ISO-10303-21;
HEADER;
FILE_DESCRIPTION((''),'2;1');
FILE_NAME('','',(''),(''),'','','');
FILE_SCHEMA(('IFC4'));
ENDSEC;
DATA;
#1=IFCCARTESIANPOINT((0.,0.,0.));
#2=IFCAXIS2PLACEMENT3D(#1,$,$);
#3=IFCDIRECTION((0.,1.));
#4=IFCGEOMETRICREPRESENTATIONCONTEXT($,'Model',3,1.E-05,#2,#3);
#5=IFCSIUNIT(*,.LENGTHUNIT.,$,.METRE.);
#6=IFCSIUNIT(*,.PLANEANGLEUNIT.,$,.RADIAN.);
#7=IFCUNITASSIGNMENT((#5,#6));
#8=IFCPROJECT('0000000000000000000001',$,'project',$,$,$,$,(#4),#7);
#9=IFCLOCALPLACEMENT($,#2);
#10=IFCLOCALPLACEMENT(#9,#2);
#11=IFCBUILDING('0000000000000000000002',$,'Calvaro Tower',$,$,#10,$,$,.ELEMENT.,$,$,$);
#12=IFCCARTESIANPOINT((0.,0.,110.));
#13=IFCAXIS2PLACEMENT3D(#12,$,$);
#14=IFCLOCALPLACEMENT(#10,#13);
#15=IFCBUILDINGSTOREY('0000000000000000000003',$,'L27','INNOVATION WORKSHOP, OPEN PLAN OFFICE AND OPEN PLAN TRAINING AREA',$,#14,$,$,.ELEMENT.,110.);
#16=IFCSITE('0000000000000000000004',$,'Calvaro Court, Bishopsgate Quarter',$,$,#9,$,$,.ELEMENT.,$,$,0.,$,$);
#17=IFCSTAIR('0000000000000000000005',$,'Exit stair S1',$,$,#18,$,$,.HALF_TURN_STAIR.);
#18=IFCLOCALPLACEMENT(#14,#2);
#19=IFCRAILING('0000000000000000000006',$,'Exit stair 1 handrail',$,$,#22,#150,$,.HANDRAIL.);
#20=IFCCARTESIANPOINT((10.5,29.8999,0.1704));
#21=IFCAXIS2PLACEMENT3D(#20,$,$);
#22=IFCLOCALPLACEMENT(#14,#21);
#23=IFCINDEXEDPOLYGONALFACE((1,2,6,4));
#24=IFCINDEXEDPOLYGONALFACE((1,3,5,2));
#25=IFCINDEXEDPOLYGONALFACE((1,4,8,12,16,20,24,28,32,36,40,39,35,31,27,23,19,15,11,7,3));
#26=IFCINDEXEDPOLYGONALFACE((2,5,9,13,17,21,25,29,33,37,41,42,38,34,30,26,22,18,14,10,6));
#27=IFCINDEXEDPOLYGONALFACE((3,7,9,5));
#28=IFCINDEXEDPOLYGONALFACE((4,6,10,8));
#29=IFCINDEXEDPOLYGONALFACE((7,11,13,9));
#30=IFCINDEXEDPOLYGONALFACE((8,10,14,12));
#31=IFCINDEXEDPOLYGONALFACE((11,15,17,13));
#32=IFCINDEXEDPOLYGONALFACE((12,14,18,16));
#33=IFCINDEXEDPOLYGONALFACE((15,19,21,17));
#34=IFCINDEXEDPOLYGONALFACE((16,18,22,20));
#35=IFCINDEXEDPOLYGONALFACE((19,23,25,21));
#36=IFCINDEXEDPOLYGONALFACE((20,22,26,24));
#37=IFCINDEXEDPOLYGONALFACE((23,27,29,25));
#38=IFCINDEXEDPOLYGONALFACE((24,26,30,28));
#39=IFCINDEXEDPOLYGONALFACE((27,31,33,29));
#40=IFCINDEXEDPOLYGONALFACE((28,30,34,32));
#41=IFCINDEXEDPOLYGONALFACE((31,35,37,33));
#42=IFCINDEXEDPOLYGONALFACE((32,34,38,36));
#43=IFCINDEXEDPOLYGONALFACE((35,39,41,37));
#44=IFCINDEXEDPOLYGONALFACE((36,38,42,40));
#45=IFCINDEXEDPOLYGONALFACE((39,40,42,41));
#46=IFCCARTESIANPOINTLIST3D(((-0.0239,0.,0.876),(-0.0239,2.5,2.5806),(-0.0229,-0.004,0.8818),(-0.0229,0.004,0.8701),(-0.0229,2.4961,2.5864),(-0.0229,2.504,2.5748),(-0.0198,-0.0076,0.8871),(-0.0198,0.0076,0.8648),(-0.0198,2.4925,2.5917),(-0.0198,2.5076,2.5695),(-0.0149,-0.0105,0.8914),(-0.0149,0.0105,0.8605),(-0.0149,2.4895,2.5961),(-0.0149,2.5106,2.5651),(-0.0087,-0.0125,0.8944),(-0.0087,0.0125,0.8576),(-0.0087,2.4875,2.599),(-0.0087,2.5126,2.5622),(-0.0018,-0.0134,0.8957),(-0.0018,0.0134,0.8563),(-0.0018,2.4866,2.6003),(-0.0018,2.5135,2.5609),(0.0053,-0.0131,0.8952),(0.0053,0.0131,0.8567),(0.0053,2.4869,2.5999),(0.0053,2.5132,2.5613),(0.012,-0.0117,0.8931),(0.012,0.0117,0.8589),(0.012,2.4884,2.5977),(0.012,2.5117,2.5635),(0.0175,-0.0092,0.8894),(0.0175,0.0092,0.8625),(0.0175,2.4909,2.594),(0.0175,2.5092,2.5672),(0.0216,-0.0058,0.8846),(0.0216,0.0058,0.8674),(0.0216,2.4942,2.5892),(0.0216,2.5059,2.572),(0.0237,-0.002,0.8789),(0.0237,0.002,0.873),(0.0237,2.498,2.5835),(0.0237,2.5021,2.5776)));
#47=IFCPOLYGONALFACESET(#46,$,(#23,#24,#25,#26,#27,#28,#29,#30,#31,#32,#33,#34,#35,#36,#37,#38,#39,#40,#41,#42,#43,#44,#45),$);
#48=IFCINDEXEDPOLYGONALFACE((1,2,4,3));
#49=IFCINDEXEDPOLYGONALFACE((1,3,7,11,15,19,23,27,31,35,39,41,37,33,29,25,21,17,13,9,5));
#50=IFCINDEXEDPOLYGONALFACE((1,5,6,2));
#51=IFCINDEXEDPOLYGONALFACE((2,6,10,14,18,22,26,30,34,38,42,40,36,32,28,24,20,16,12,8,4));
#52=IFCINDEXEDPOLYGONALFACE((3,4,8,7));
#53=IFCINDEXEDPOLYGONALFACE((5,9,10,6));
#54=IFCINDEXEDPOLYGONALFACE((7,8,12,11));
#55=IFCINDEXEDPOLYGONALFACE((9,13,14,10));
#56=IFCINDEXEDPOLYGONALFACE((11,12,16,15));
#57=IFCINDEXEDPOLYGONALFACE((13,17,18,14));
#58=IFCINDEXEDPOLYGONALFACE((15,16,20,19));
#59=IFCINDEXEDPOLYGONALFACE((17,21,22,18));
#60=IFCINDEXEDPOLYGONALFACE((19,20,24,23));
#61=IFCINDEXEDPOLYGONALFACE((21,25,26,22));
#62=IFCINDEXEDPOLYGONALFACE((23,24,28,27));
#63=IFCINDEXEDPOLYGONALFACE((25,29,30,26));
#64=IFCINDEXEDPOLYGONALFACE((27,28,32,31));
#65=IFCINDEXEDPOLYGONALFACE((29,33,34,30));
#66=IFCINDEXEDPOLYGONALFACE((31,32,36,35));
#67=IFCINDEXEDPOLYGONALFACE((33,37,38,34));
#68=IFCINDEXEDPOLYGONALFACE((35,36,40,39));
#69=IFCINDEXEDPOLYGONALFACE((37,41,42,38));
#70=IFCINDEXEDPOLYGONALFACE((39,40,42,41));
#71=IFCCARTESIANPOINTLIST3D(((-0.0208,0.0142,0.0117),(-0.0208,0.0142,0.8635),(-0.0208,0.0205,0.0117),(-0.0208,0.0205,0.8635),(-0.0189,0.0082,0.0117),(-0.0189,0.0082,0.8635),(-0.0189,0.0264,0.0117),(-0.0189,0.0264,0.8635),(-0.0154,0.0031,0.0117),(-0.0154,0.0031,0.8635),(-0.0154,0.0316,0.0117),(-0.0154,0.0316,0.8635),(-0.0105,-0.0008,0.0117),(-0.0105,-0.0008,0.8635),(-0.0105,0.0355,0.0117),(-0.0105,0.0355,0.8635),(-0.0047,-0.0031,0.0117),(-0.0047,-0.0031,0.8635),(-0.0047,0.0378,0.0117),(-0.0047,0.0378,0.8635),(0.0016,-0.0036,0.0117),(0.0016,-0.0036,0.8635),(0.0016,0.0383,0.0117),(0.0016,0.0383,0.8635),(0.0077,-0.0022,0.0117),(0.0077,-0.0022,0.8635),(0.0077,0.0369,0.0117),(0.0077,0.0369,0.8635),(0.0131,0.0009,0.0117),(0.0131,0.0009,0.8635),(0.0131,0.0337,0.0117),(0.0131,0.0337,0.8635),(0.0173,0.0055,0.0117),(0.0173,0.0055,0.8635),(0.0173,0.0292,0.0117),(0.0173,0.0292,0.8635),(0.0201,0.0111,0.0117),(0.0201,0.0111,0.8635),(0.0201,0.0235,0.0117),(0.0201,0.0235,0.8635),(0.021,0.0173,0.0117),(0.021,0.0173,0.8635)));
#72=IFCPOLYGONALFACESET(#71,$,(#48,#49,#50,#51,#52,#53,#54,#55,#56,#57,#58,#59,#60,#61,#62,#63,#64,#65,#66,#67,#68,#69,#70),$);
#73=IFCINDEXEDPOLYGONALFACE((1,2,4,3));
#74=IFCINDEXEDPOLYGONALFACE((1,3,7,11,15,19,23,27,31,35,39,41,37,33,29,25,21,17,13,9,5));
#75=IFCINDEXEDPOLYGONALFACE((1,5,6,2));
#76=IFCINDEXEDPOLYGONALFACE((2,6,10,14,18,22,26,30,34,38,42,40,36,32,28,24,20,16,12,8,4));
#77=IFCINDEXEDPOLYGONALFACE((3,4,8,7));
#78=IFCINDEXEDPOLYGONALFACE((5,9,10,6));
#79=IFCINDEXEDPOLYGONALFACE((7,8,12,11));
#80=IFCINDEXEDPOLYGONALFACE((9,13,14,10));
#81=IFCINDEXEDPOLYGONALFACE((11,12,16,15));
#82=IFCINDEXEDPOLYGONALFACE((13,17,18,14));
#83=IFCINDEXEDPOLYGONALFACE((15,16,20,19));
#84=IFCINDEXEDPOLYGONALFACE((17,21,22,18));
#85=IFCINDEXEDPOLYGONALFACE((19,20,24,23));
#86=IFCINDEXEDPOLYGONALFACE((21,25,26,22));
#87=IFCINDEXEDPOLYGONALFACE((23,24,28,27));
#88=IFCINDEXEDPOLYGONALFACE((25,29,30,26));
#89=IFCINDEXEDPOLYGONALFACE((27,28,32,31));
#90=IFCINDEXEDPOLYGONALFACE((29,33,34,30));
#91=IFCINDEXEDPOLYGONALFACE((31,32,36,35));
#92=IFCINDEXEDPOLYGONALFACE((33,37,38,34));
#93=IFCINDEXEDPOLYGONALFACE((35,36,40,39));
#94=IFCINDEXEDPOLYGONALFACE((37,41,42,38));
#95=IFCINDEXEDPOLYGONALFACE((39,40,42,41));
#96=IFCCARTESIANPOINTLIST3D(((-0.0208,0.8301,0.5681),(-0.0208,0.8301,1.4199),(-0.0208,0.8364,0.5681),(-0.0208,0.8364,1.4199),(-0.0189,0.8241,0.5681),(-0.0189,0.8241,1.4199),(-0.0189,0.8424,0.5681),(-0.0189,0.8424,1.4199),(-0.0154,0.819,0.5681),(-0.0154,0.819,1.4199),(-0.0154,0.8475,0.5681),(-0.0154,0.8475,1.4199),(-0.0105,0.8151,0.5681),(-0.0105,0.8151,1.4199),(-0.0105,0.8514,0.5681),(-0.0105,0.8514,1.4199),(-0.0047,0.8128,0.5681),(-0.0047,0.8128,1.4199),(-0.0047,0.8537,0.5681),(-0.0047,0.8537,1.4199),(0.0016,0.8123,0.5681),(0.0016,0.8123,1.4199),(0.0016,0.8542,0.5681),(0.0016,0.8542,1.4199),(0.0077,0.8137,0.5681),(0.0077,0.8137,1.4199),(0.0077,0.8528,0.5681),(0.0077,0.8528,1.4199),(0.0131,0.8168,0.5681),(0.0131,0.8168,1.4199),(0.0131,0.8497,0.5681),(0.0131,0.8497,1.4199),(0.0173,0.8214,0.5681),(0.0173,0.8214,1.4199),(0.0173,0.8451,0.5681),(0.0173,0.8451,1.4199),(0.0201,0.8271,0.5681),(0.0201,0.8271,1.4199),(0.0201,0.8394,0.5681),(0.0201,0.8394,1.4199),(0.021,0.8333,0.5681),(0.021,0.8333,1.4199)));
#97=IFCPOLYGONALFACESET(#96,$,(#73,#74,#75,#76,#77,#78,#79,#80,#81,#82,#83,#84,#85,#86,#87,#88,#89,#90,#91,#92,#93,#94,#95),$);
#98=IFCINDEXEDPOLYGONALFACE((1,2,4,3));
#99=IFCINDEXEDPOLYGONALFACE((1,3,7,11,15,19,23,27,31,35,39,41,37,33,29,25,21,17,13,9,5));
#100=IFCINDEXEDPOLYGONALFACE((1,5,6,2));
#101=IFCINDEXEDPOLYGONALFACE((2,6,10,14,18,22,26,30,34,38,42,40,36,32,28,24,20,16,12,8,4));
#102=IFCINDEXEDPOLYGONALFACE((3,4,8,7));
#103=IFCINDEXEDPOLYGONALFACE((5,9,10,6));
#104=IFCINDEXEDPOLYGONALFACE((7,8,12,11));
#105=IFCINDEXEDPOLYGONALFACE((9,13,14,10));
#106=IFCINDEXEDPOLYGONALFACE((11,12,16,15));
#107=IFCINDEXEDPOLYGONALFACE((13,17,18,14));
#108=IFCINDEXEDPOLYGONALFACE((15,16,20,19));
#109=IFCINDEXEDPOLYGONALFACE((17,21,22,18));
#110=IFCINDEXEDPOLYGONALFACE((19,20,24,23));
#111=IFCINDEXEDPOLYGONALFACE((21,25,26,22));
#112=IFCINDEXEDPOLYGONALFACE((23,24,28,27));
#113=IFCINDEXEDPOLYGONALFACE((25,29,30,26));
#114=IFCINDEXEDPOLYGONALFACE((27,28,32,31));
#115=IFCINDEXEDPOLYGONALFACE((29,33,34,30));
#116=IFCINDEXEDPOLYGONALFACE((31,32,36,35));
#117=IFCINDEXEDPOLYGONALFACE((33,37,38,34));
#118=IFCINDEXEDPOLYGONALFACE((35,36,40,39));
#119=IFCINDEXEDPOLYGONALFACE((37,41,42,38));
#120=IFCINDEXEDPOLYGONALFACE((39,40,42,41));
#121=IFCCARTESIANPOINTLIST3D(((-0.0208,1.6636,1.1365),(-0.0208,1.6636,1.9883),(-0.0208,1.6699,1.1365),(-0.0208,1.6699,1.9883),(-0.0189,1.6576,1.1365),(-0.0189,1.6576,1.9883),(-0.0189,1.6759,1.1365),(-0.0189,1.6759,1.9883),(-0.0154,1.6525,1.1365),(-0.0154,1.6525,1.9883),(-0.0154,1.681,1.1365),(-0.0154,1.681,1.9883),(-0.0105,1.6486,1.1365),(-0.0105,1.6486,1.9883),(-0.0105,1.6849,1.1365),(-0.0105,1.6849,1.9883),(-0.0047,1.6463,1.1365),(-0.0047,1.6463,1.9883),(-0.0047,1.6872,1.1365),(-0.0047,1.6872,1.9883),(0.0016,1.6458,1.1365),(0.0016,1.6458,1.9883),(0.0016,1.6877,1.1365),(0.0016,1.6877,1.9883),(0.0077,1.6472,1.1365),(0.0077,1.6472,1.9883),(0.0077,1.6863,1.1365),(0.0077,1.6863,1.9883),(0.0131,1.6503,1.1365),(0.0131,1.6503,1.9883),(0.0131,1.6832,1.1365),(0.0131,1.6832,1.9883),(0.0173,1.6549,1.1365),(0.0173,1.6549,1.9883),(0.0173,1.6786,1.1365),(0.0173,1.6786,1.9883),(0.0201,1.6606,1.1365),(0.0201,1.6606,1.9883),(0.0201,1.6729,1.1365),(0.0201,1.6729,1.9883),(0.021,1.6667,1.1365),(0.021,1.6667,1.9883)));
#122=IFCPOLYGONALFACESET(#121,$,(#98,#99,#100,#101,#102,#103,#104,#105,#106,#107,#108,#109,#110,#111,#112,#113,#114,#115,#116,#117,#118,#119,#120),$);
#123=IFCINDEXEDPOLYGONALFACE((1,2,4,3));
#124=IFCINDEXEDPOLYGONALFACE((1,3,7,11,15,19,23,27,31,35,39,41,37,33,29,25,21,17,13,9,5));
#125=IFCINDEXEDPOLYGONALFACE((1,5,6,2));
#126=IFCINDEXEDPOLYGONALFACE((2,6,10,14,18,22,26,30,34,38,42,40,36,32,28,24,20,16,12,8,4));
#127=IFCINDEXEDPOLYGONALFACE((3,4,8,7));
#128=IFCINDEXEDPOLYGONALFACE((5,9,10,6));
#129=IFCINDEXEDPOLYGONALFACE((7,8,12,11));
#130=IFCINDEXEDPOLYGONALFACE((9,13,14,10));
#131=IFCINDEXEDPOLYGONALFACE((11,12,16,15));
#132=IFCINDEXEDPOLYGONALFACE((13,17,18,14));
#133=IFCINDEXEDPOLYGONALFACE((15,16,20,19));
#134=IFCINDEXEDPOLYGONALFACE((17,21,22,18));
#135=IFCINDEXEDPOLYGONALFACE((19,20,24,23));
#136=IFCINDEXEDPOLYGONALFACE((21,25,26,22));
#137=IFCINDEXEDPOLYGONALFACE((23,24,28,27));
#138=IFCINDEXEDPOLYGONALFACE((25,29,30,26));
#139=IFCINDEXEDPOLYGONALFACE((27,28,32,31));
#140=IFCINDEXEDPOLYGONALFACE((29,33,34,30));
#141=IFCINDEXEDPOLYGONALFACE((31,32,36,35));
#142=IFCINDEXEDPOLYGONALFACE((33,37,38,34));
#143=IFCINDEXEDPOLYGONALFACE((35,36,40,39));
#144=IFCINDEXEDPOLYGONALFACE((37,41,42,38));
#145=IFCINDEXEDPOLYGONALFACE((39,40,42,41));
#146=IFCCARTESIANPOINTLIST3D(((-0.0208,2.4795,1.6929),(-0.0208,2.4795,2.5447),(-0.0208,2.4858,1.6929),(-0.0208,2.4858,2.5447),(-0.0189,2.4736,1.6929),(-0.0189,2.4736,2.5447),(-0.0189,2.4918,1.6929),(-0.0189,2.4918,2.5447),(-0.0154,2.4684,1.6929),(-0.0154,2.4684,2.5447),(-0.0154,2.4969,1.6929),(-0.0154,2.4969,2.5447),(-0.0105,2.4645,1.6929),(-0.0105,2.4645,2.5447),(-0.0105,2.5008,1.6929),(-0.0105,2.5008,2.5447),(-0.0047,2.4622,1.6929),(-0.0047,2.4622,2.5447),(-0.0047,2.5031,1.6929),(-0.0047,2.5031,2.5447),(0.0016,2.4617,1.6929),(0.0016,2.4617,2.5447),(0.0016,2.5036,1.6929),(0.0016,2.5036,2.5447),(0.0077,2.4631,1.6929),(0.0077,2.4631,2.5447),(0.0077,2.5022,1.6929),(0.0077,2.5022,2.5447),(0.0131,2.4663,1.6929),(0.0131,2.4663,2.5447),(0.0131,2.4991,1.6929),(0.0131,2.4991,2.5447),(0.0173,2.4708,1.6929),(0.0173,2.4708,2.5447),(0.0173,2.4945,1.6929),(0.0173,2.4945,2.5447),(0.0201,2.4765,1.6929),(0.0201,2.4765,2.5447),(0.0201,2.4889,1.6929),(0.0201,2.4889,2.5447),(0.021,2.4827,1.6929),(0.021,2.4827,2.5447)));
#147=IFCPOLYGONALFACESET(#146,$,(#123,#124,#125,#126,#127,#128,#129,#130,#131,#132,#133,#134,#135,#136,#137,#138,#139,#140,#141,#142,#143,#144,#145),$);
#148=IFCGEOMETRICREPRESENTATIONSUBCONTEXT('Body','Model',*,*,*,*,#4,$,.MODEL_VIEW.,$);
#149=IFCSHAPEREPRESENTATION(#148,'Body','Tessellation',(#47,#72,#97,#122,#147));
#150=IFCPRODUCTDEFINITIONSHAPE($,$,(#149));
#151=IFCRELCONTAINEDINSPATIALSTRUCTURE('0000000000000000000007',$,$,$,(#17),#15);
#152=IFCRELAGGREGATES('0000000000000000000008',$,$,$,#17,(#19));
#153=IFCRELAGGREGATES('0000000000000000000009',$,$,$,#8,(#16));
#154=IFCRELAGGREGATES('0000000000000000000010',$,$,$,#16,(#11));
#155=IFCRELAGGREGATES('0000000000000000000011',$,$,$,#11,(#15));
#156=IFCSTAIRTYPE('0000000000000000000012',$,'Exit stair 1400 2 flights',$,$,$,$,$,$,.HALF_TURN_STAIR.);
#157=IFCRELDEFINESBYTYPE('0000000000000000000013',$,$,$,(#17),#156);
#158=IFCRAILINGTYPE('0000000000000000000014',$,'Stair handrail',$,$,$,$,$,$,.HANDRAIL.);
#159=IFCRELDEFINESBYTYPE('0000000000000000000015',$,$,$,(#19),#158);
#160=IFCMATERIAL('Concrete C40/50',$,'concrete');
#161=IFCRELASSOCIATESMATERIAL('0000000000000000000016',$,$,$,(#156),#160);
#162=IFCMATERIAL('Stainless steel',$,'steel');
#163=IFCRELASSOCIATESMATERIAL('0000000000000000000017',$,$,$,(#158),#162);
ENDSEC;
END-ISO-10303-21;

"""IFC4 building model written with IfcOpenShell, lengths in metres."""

from ifc_helpers import new_model, si_unit, direction, frame, origin, origin_2d, place, context, subcontext, project, spatial, circle, extrude, material, type_object, element, aggregate, save


model = new_model("IFC4")

# Units and contexts
model_context = context("Model", 3, precision=1e-05, world=origin(), true_north=direction((0.0, 1.0)))
body_context = subcontext(model_context, "Body", "Model", "MODEL_VIEW")
ifc_project = project(units=[si_unit("LENGTHUNIT", "METRE"), si_unit("PLANEANGLEUNIT", "RADIAN")], contexts=[model_context])

# Site, building, storey
site_placement = place(None, origin())
site = spatial("IfcSite", under=ifc_project, at=site_placement, Name="Calvaro Court, Bishopsgate Quarter", CompositionType="ELEMENT", RefElevation=0.0)
building_placement = place(site_placement, origin())
building = spatial("IfcBuilding", under=site, at=building_placement, Name="Calvaro Tower", CompositionType="ELEMENT")
storey_placement = place(building_placement, frame((0.0, 0.0, 110.0)))
storey = spatial("IfcBuildingStorey", under=building, at=storey_placement, Name="L27", Description="INNOVATION WORKSHOP, OPEN PLAN OFFICE AND OPEN PLAN TRAINING AREA", CompositionType="ELEMENT", Elevation=110.0)

# Stair, railing
ifc_material_1 = material(Name="Concrete C40/50", Category="concrete")
stair_type = type_object("IfcStairType", Name="Exit stair 1400 2 flights", PredefinedType="HALF_TURN_STAIR", material=ifc_material_1)
stair_placement = place(storey_placement, origin())
stair = element("IfcStair", 1, at=stair_placement, inside=storey, type_object=stair_type, Name="Exit stair S1", PredefinedType="HALF_TURN_STAIR")
ifc_material_2 = material(Name="Stainless steel", Category="steel")
railing_type = type_object("IfcRailingType", Name="Stair handrail", PredefinedType="HANDRAIL", material=ifc_material_2)
railing_placement = place(storey_placement, frame((10.5, 29.8999, 0.1704)))
railing = element("IfcRailing", 2, at=railing_placement, type_object=railing_type, Name="Exit stair 1 handrail", PredefinedType="HANDRAIL", context=body_context, shape_type="SweptSolid", body=[
    extrude(circle(Radius=0.0239, at=origin_2d()), frame((0.0, 0.0, 0.876), z_axis=(0.0, 0.826221, 0.563347), x_axis=(-1.0, 0.0, 0.0)), (0.0, 0.0, 1.0), 3.0259),
    extrude(circle(Radius=0.021, at=origin_2d()), frame((0.0, 0.0173, 0.0117)), (0.0, 0.0, 1.0), 0.8518),
    extrude(circle(Radius=0.021, at=origin_2d()), frame((0.0, 0.8333, 0.5681)), (0.0, 0.0, 1.0), 0.8518),
    extrude(circle(Radius=0.021, at=origin_2d()), frame((0.0, 1.6667, 1.1365)), (0.0, 0.0, 1.0), 0.8518),
    extrude(circle(Radius=0.021, at=origin_2d()), frame((0.0, 2.4827, 1.6929)), (0.0, 0.0, 1.0), 0.8518),
])
aggregate(stair, [railing])

save(model, "model.ifc")
